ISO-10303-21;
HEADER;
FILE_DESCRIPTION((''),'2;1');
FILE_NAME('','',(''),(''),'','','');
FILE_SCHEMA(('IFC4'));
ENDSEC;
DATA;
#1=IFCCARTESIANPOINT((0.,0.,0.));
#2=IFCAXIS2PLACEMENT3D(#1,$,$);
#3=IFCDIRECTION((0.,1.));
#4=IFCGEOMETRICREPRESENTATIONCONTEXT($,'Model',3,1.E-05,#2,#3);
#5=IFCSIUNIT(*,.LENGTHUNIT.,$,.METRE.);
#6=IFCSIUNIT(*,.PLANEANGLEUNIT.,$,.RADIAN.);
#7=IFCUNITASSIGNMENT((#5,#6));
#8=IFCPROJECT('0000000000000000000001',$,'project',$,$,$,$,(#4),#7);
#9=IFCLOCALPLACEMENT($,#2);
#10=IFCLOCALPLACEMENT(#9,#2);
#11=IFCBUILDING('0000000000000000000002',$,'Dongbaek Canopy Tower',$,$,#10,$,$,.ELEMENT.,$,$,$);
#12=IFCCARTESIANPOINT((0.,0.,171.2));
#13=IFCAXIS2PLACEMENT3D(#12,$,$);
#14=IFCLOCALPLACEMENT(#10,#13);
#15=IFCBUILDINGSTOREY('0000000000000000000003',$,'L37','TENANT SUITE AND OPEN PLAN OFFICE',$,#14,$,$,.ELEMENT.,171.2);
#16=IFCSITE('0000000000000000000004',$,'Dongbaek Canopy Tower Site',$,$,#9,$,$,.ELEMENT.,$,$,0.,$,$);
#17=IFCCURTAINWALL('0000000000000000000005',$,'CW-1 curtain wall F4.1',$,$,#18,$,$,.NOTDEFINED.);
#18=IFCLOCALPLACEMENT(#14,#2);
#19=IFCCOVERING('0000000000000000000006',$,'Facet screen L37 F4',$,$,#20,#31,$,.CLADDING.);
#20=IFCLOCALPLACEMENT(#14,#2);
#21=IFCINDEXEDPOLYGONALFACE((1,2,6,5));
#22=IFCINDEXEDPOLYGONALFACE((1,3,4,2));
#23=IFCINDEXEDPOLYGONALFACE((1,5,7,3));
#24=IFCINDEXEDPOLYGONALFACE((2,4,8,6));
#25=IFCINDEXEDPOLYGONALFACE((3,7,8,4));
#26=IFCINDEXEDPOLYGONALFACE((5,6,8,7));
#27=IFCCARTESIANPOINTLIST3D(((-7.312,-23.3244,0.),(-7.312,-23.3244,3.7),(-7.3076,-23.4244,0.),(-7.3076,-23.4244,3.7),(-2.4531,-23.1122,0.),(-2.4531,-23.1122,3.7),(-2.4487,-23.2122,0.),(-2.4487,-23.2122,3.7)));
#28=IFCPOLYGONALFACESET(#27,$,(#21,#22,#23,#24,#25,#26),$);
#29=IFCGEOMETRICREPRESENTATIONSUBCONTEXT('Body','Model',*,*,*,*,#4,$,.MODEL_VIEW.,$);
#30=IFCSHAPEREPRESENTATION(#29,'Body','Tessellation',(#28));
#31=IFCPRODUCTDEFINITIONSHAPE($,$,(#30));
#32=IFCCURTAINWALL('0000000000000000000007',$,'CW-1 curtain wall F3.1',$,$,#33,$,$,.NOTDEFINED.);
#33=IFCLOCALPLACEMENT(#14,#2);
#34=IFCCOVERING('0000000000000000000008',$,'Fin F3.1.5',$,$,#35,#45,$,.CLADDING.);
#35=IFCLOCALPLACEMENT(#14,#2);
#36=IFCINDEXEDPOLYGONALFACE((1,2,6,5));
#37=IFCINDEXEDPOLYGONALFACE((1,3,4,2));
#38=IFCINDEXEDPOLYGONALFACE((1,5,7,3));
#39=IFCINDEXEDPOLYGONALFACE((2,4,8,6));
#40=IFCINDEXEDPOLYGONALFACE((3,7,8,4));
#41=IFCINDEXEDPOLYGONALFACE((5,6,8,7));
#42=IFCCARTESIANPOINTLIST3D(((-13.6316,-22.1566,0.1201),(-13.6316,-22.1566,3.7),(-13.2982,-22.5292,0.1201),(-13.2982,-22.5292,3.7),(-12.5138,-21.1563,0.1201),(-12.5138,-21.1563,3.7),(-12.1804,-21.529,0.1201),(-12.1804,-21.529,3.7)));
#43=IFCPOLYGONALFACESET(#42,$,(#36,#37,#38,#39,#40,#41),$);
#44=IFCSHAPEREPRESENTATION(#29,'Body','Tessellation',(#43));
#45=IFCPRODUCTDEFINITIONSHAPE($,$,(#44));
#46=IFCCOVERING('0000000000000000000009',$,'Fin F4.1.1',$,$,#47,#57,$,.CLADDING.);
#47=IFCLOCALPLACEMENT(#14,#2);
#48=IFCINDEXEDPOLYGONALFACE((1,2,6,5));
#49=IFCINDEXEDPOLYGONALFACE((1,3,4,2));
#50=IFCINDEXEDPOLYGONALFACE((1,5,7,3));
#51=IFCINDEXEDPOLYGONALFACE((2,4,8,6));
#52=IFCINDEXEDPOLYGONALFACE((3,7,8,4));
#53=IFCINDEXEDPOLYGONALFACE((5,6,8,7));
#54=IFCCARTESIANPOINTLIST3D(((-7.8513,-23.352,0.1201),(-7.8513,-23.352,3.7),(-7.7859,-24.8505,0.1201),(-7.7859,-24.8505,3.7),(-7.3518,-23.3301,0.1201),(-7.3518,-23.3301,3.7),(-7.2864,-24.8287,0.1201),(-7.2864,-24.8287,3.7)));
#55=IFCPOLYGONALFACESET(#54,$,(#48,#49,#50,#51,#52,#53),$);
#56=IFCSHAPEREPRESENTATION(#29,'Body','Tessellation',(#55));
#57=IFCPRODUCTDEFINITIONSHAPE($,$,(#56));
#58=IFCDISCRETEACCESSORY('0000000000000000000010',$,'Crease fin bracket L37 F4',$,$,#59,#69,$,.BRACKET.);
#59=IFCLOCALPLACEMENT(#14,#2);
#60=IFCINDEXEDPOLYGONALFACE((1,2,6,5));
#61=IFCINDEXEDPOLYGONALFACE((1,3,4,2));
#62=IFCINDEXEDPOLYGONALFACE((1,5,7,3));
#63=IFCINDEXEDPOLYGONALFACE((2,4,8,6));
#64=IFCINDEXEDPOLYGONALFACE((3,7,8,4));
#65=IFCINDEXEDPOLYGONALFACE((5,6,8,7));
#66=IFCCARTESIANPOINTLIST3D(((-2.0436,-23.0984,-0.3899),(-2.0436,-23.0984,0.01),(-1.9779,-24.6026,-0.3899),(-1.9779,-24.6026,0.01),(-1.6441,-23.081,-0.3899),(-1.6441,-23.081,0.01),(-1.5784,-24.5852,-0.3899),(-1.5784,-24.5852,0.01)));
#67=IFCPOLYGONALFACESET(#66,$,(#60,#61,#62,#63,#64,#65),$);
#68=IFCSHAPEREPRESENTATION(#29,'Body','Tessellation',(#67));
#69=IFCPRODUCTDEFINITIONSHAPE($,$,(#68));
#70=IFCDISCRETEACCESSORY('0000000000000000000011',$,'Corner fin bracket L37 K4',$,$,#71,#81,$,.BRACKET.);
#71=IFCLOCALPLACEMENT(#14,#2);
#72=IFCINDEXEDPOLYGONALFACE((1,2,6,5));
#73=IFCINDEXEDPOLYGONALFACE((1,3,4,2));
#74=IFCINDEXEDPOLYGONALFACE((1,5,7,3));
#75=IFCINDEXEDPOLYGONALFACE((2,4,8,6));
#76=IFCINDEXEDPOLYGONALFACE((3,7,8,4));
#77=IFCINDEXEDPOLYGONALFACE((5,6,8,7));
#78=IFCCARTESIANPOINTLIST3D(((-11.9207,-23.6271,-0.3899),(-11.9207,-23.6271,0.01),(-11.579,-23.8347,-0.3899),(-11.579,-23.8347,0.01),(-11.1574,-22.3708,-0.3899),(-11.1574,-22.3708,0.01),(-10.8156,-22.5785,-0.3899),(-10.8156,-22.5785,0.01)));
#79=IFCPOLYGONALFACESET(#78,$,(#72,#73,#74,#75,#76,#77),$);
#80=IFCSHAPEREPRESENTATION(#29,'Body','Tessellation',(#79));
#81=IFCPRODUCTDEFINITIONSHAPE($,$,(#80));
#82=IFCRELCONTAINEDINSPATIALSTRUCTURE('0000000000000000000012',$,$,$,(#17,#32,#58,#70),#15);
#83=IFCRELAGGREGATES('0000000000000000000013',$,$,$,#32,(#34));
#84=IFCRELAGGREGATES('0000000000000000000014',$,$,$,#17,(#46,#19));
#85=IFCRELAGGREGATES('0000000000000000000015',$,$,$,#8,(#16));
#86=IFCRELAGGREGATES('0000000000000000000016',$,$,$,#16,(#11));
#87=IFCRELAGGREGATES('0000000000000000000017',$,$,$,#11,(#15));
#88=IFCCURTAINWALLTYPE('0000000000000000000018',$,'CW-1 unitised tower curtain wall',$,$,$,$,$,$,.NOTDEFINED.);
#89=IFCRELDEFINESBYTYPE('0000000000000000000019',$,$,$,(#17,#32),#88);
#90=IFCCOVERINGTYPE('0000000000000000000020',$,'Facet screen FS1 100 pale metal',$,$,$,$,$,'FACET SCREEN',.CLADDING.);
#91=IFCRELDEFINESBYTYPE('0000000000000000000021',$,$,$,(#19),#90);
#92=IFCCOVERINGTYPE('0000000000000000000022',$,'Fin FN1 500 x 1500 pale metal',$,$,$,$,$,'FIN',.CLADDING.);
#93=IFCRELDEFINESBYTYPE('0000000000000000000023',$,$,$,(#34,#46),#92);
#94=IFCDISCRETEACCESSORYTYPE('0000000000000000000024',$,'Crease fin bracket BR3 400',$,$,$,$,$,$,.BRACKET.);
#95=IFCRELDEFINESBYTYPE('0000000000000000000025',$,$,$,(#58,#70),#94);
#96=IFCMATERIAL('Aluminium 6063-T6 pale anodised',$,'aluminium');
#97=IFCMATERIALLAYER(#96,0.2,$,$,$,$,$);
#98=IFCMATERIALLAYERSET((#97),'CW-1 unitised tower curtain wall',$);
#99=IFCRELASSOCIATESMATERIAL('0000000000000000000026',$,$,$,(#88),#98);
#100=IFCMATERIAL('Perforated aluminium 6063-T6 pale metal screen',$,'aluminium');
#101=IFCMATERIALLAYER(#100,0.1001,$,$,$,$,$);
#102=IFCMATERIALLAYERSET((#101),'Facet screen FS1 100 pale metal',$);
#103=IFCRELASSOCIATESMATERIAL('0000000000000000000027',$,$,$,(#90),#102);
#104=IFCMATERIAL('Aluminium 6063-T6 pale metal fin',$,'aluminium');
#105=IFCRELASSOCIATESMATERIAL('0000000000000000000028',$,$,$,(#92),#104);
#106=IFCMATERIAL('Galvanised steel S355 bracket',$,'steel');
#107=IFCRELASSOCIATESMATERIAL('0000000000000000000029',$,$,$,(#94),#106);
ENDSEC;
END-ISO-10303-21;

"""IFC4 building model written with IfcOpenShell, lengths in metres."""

from ifc_helpers import new_model, si_unit, direction, frame, origin, origin_2d, place, context, subcontext, project, spatial, rectangle, extrude, material, layer, layer_set, material_profile, profile_set, type_object, element, aggregate, save


model = new_model("IFC4")

# Units and contexts
model_context = context("Model", 3, precision=1e-05, world=origin(), true_north=direction((0.0, 1.0)))
body_context = subcontext(model_context, "Body", "Model", "MODEL_VIEW")
ifc_project = project(units=[si_unit("LENGTHUNIT", "METRE"), si_unit("PLANEANGLEUNIT", "RADIAN")], contexts=[model_context])

# Site, building, storey
site_placement = place(None, origin())
site = spatial("IfcSite", under=ifc_project, at=site_placement, Name="Dongbaek Canopy Tower Site", CompositionType="ELEMENT", RefElevation=0.0)
building_placement = place(site_placement, origin())
building = spatial("IfcBuilding", under=site, at=building_placement, Name="Dongbaek Canopy Tower", CompositionType="ELEMENT")
storey_placement = place(building_placement, frame((0.0, 0.0, 171.2)))
storey = spatial("IfcBuildingStorey", under=building, at=storey_placement, Name="L37", Description="TENANT SUITE AND OPEN PLAN OFFICE", CompositionType="ELEMENT", Elevation=171.2)

# Curtain wall
ifc_material_1 = material(Name="Aluminium 6063-T6 pale anodised", Category="aluminium")
ifc_layer_1 = layer(ifc_material_1, 0.2)
ifc_layer_set_1 = layer_set([ifc_layer_1], Name="CW-1 unitised tower curtain wall")
curtain_wall_type = type_object("IfcCurtainWallType", Name="CW-1 unitised tower curtain wall", PredefinedType="NOTDEFINED", material=ifc_layer_set_1)
curtain_wall_1_placement = place(storey_placement, origin())
curtain_wall_1 = element("IfcCurtainWall", 1, at=curtain_wall_1_placement, inside=storey, type_object=curtain_wall_type, Name="CW-1 curtain wall F4.1", PredefinedType="NOTDEFINED")

# Covering
ifc_material_2 = material(Name="Perforated aluminium 6063-T6 pale metal screen", Category="aluminium")
ifc_layer_2 = layer(ifc_material_2, 0.1001)
ifc_layer_set_2 = layer_set([ifc_layer_2], Name="Facet screen FS1 100 pale metal")
covering_type_1 = type_object("IfcCoveringType", Name="Facet screen FS1 100 pale metal", ElementType="FACET SCREEN", PredefinedType="CLADDING", material=ifc_layer_set_2)
covering_1_placement = place(storey_placement, frame((-4.8804, -23.2683, 0.0), z_axis=(0.0, 0.0, 1.0), x_axis=(0.999047, 0.04364, 0.0)))
covering_1 = element("IfcCovering", 2, at=covering_1_placement, type_object=covering_type_1, Name="Facet screen L37 F4", PredefinedType="CLADDING", context=body_context, shape_type="SweptSolid", body=[
    extrude(rectangle(XDim=4.8635, YDim=0.1001, at=origin_2d()), origin(), (0.0, 0.0, 1.0), 3.7),
])

# Curtain wall, covering
curtain_wall_2_placement = place(storey_placement, origin())
curtain_wall_2 = element("IfcCurtainWall", 3, at=curtain_wall_2_placement, inside=storey, type_object=curtain_wall_type, Name="CW-1 curtain wall F3.1", PredefinedType="NOTDEFINED")
ifc_material_3 = material(Name="Aluminium 6063-T6 pale metal fin", Category="aluminium")
ifc_material_profile_1 = material_profile(ifc_material_3, rectangle(XDim=1.5, YDim=0.5, at=origin_2d()), Name="Fin FN1 500 x 1500 pale metal")
ifc_profile_set_1 = profile_set([ifc_material_profile_1], Name="Aluminium 6063-T6 pale metal fin")
covering_type_2 = type_object("IfcCoveringType", Name="Fin FN1 500 x 1500 pale metal", ElementType="FIN", PredefinedType="CLADDING", material=ifc_profile_set_1)
covering_2_placement = place(storey_placement, frame((-12.906, -21.8428, 0.1201), z_axis=(0.0, 0.0, 1.0), x_axis=(-0.745211, -0.666829, 0.0)))
covering_2 = element("IfcCovering", 4, at=covering_2_placement, type_object=covering_type_2, Name="Fin F3.1.5", PredefinedType="CLADDING", context=body_context, shape_type="SweptSolid", body=[
    extrude(rectangle(XDim=1.5, YDim=0.5, at=origin_2d()), origin(), (0.0, 0.0, 1.0), 3.5798),
])
aggregate(curtain_wall_2, [covering_2])

# Covering
covering_3_placement = place(storey_placement, frame((-7.5688, -24.0903, 0.1201), z_axis=(0.0, 0.0, 1.0), x_axis=(0.04364, -0.999047, 0.0)))
covering_3 = element("IfcCovering", 5, at=covering_3_placement, type_object=covering_type_2, Name="Fin F4.1.1", PredefinedType="CLADDING", context=body_context, shape_type="SweptSolid", body=[
    extrude(rectangle(XDim=1.5, YDim=0.5, at=origin_2d()), origin(), (0.0, 0.0, 1.0), 3.5798),
])
aggregate(curtain_wall_1, [covering_3, covering_1])

# Discrete accessories
ifc_material_4 = material(Name="Galvanised steel S355 bracket", Category="steel")
discrete_accessory_type = type_object("IfcDiscreteAccessoryType", Name="Crease fin bracket BR3 400", PredefinedType="BRACKET", material=ifc_material_4)
discrete_accessory_1_placement = place(storey_placement, frame((-1.811, -23.8418, -0.3899), z_axis=(0.0, 0.0, 1.0), x_axis=(0.04364, -0.999047, 0.0)))
element("IfcDiscreteAccessory", 6, at=discrete_accessory_1_placement, inside=storey, type_object=discrete_accessory_type, Name="Crease fin bracket L37 F4", PredefinedType="BRACKET", context=body_context, shape_type="SweptSolid", body=[
    extrude(rectangle(XDim=1.5056, YDim=0.3999, at=origin_2d()), origin(), (0.0, 0.0, 1.0), 0.3999),
])
discrete_accessory_2_placement = place(storey_placement, frame((-11.3682, -23.1028, -0.3899), z_axis=(0.0, 0.0, 1.0), x_axis=(-0.519286, -0.8546, 0.0)))
element("IfcDiscreteAccessory", 7, at=discrete_accessory_2_placement, inside=storey, type_object=discrete_accessory_type, Name="Corner fin bracket L37 K4", PredefinedType="BRACKET", context=body_context, shape_type="SweptSolid", body=[
    extrude(rectangle(XDim=1.47, YDim=0.3999, at=origin_2d()), origin(), (0.0, 0.0, 1.0), 0.3999),
])

save(model, "model.ifc")
